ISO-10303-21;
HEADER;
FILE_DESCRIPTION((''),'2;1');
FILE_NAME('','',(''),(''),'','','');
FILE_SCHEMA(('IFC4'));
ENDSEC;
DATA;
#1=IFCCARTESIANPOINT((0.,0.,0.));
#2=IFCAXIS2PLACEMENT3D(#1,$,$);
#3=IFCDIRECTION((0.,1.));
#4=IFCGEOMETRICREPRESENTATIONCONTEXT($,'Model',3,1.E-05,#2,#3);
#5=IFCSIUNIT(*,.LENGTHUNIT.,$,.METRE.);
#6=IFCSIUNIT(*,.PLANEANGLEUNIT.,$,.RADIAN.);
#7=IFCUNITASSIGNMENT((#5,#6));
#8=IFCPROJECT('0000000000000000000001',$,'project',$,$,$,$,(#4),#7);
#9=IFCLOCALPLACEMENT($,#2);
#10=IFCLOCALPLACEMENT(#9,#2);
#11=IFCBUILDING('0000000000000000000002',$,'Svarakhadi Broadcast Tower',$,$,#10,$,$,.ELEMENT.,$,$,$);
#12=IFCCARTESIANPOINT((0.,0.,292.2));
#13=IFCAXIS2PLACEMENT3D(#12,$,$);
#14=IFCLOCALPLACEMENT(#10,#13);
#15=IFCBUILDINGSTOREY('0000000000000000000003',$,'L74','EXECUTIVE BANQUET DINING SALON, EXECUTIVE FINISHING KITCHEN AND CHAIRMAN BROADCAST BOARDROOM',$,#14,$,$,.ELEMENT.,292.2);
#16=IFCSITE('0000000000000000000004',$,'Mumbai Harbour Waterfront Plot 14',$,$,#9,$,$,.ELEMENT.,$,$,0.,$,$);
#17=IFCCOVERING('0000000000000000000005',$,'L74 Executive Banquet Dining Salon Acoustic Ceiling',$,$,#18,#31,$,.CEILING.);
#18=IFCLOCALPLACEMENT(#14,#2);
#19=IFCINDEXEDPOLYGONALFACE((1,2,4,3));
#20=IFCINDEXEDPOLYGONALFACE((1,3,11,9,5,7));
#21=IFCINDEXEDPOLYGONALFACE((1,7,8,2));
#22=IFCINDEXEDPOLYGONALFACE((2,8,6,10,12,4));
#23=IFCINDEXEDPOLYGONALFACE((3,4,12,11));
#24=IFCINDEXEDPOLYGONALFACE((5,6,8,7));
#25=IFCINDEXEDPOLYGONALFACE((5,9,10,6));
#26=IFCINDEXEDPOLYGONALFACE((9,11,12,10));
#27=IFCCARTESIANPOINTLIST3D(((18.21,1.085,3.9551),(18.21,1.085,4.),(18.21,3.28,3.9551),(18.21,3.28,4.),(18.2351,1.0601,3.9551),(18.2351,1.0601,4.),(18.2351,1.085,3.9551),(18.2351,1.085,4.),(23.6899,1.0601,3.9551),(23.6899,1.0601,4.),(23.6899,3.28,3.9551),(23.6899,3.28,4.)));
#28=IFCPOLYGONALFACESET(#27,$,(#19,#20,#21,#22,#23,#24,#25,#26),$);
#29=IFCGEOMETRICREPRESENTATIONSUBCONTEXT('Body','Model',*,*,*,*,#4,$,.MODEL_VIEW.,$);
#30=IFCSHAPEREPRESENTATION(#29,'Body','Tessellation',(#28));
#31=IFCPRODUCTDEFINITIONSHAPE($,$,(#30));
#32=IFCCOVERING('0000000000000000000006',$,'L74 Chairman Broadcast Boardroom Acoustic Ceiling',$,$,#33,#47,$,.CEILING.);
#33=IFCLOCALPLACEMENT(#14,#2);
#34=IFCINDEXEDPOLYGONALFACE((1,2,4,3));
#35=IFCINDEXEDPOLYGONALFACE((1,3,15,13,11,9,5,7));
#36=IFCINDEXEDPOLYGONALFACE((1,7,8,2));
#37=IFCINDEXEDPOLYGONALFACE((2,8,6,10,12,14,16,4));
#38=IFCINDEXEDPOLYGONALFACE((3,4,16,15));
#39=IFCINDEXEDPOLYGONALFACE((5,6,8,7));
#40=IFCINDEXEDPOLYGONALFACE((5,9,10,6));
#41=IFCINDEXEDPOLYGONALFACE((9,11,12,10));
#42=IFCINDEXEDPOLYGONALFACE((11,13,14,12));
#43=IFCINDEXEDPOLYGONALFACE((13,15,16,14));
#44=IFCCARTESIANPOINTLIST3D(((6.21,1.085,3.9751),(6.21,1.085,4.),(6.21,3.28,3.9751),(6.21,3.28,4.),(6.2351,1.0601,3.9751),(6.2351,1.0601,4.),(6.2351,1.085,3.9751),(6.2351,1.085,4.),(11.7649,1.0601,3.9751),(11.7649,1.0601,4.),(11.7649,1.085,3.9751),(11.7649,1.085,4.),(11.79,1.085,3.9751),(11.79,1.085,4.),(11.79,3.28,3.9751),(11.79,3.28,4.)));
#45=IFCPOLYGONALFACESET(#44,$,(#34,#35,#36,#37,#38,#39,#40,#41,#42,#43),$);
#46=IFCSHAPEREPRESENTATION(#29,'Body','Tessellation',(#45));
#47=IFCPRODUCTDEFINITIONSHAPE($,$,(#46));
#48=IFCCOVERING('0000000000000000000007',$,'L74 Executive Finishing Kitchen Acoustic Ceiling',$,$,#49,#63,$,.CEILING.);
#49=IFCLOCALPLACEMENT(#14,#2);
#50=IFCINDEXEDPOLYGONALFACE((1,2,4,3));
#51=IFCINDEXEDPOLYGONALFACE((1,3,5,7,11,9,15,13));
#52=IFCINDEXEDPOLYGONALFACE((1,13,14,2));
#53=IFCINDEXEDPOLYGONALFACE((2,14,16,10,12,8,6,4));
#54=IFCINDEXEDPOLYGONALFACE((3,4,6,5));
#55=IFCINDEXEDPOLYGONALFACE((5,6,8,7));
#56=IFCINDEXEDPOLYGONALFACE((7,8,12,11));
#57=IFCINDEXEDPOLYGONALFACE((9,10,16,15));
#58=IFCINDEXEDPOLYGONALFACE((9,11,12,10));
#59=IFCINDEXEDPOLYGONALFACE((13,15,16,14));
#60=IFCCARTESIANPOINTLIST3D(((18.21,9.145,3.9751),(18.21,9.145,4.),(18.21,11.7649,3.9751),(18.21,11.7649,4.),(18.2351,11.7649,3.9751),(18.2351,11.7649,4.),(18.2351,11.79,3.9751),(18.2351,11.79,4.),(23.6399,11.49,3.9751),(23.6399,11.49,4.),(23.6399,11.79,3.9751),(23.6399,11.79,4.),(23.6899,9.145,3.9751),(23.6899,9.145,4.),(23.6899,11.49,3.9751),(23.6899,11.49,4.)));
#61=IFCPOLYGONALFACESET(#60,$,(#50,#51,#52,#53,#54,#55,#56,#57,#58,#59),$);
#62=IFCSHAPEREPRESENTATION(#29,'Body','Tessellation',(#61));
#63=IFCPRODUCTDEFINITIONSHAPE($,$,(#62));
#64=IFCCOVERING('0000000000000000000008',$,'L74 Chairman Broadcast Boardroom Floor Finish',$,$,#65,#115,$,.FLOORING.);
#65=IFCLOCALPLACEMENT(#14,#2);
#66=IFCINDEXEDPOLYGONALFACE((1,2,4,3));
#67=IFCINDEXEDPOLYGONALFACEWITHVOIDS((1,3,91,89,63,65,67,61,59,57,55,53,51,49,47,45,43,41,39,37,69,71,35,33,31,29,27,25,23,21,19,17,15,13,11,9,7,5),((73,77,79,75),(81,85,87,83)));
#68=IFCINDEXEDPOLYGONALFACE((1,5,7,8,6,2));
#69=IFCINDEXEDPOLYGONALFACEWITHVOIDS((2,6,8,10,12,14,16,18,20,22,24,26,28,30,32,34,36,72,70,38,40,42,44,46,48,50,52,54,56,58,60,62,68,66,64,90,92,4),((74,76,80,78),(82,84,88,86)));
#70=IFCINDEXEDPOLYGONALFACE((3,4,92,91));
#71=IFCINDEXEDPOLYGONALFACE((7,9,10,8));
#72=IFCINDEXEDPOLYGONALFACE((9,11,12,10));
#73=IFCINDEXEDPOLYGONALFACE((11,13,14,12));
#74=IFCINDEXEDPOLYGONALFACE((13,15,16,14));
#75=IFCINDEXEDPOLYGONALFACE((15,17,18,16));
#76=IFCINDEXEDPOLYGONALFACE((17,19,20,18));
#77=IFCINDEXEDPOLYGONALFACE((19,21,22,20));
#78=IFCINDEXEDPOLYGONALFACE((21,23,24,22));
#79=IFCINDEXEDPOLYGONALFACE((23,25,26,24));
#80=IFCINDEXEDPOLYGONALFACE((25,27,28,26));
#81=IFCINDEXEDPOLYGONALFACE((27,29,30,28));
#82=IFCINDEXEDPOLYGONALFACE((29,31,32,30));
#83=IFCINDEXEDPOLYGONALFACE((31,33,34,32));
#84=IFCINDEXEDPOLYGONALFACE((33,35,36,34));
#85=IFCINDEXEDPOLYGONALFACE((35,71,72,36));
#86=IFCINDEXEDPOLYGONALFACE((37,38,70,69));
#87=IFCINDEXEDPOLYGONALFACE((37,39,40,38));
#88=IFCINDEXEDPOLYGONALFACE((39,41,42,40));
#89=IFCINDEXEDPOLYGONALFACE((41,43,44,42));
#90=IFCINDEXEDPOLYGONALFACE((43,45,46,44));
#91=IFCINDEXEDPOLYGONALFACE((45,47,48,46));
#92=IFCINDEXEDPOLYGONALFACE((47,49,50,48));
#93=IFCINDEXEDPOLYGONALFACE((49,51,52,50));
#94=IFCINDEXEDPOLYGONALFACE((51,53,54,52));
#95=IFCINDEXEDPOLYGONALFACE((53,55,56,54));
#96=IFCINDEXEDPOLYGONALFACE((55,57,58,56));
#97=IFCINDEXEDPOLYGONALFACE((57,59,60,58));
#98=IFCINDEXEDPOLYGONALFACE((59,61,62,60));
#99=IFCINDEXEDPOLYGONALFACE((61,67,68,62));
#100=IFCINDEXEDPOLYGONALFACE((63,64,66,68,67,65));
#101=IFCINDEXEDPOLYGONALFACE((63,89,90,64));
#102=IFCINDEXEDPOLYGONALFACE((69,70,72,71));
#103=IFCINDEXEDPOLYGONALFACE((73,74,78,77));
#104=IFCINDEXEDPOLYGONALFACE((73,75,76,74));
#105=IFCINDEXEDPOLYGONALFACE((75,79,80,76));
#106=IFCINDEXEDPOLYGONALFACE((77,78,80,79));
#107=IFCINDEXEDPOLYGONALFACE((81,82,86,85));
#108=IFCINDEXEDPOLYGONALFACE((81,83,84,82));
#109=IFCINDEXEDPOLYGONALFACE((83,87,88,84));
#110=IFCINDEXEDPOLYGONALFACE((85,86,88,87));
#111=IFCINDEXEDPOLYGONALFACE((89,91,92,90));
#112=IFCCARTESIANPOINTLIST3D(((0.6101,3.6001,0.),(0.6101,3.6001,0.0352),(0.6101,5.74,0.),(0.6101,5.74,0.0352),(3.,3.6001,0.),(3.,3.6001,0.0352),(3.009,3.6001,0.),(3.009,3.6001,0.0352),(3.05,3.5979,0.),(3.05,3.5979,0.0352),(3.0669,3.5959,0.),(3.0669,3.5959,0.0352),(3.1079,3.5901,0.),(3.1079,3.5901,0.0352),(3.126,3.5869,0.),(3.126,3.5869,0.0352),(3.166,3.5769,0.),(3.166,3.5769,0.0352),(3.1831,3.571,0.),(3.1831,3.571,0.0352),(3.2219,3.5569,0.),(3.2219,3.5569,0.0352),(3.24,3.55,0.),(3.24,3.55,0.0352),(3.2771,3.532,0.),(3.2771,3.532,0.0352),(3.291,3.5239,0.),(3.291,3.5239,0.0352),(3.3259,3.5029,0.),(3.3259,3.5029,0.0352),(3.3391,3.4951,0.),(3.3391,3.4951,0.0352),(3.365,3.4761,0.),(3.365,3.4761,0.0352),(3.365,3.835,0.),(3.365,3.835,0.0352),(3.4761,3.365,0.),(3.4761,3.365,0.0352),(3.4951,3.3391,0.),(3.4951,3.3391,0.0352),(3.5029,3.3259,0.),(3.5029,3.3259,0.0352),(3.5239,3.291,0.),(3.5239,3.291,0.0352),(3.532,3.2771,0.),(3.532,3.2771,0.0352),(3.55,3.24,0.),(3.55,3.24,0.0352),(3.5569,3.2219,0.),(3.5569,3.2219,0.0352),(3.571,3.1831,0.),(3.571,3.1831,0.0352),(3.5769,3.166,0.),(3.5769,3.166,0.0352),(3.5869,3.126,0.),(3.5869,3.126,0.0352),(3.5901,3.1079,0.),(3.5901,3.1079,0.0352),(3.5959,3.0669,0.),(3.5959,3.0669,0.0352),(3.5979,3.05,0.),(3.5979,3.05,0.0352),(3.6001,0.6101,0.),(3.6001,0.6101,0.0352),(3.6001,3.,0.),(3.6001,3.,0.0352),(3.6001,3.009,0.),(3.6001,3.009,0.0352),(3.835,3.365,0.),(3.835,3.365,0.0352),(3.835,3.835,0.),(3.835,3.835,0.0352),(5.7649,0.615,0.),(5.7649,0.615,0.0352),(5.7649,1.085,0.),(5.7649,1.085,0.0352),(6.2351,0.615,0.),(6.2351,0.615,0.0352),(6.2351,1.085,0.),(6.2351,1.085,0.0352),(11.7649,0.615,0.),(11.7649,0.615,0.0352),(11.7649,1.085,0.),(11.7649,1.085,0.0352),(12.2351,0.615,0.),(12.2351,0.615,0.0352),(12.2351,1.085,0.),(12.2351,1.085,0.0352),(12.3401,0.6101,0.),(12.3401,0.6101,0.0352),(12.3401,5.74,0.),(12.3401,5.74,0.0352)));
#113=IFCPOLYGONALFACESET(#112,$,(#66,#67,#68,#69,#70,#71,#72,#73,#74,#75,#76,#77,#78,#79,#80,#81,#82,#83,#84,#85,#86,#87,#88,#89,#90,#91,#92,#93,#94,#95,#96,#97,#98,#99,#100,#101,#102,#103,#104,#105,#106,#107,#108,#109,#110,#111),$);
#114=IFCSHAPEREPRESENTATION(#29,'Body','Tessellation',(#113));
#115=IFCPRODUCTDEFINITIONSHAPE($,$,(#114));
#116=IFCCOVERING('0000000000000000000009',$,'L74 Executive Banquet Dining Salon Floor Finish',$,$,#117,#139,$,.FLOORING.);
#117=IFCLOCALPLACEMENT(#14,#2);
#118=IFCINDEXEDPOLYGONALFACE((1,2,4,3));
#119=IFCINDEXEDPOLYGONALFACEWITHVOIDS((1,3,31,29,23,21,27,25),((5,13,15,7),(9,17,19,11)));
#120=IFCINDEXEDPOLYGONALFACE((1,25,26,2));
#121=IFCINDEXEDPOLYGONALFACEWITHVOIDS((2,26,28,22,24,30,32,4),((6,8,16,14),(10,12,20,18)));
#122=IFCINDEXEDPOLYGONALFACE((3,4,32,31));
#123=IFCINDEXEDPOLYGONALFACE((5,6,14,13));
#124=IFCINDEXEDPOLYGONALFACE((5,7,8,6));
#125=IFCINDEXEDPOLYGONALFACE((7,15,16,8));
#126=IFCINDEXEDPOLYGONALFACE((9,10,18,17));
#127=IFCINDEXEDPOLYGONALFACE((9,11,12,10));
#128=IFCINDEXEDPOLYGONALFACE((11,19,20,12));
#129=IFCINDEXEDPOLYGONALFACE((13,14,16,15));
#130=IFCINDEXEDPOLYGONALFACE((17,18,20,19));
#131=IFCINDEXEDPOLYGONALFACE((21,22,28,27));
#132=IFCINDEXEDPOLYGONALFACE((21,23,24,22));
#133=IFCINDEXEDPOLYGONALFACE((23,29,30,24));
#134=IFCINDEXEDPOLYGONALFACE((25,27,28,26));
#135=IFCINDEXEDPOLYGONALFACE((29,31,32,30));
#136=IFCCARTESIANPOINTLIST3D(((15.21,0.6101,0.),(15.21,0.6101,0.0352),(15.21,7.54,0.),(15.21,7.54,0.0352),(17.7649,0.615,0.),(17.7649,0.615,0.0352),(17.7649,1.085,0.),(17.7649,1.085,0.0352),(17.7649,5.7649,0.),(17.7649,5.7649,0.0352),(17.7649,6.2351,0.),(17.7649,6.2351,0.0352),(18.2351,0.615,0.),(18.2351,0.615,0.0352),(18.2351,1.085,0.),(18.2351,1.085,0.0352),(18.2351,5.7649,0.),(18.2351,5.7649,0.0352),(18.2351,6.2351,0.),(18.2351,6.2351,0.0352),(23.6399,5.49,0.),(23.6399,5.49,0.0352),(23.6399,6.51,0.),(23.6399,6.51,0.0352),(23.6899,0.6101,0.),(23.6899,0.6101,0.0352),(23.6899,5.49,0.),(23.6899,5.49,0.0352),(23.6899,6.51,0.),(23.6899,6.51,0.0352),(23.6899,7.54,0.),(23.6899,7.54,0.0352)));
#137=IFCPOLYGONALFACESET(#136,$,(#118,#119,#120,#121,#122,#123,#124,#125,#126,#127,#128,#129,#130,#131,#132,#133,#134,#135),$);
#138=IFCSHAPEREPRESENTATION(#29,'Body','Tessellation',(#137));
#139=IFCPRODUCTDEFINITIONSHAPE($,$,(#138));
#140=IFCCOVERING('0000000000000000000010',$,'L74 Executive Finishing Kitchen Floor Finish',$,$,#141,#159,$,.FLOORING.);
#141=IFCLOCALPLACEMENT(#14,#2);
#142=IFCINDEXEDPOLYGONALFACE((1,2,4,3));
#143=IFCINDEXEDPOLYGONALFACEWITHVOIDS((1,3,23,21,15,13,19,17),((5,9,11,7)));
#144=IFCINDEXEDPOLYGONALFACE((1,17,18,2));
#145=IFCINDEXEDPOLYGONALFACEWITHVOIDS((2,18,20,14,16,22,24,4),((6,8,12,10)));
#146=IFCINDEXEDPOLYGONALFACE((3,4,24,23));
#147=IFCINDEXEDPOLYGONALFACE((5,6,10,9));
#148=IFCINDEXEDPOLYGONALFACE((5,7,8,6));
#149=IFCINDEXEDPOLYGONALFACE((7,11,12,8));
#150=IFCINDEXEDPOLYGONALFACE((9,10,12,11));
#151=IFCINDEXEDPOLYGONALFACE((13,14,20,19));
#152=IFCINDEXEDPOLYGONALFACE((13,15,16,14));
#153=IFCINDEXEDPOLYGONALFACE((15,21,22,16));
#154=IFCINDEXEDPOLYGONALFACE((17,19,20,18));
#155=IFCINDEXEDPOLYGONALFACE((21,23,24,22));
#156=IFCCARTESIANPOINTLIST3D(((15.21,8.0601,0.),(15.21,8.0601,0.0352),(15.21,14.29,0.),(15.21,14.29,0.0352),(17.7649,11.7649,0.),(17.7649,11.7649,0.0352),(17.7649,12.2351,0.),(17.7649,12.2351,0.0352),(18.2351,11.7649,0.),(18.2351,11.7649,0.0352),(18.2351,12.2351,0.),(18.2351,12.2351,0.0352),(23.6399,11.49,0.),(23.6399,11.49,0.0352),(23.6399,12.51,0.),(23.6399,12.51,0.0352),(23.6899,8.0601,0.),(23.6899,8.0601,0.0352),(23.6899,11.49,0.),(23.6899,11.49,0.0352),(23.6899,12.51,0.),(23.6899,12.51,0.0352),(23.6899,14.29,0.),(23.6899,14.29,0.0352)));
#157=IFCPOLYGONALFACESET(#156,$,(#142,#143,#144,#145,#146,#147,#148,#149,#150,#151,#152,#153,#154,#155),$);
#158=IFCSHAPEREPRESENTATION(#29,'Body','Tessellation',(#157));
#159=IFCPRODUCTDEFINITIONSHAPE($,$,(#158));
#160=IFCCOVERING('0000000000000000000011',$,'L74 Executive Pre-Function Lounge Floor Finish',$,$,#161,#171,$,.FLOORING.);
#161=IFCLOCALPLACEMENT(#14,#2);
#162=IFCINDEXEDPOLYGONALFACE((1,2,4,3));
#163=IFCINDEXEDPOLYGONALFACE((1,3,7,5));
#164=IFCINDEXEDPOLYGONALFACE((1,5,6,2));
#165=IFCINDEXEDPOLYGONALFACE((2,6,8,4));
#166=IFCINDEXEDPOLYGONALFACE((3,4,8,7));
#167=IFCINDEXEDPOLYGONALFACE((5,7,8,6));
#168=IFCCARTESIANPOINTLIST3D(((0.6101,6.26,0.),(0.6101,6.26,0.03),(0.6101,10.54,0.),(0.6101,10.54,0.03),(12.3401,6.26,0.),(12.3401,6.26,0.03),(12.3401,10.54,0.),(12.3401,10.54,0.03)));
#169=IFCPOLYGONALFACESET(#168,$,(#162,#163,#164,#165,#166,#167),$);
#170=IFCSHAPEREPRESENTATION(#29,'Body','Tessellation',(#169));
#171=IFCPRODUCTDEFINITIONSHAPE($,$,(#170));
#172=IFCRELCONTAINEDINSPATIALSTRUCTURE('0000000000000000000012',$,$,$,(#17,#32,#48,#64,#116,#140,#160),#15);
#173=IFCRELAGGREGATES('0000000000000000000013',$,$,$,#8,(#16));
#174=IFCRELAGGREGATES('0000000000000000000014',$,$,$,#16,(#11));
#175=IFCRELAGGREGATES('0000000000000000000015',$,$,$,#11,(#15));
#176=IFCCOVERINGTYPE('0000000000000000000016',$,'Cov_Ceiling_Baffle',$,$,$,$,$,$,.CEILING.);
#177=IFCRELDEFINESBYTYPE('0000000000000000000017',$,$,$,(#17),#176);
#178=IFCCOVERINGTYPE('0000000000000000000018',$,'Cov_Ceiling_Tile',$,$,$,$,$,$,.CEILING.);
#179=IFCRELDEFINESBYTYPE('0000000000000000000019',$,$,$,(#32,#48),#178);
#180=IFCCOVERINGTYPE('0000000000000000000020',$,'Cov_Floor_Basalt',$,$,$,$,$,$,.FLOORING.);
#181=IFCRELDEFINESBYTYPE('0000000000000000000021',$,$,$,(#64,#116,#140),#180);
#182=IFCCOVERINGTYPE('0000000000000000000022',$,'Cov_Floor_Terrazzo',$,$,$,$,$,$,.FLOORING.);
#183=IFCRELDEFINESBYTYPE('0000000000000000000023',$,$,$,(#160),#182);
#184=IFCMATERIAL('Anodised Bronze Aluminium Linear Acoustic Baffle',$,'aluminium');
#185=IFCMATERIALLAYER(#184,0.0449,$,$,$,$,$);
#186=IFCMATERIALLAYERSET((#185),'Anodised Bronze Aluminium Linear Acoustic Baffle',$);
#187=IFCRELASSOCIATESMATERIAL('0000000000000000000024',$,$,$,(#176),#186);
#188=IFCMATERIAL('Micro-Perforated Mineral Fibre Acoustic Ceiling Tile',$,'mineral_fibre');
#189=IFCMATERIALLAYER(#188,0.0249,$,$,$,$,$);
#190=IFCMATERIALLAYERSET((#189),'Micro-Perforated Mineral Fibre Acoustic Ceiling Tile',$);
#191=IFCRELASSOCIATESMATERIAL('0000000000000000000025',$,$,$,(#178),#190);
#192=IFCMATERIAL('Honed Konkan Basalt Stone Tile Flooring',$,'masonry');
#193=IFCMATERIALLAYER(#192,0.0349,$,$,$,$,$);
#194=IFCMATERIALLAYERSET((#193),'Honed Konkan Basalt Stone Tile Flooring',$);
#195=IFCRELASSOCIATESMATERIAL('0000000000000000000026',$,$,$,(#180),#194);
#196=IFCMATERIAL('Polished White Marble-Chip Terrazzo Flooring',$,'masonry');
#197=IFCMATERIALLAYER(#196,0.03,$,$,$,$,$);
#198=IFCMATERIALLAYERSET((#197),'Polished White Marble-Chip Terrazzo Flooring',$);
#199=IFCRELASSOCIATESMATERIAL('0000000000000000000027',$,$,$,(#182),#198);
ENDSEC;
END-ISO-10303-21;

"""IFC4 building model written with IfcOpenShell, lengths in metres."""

from ifc_helpers import new_model, si_unit, direction, frame, origin, place, context, subcontext, project, spatial, polyline, outline, extrude, material, layer, layer_set, type_object, element, save


model = new_model("IFC4")

# Units and contexts
model_context = context("Model", 3, precision=1e-05, world=origin(), true_north=direction((0.0, 1.0)))
body_context = subcontext(model_context, "Body", "Model", "MODEL_VIEW")
ifc_project = project(units=[si_unit("LENGTHUNIT", "METRE"), si_unit("PLANEANGLEUNIT", "RADIAN")], contexts=[model_context])

# Site, building, storey
site_placement = place(None, origin())
site = spatial("IfcSite", under=ifc_project, at=site_placement, Name="Mumbai Harbour Waterfront Plot 14", CompositionType="ELEMENT", RefElevation=0.0)
building_placement = place(site_placement, origin())
building = spatial("IfcBuilding", under=site, at=building_placement, Name="Svarakhadi Broadcast Tower", CompositionType="ELEMENT")
storey_placement = place(building_placement, frame((0.0, 0.0, 292.2)))
storey = spatial("IfcBuildingStorey", under=building, at=storey_placement, Name="L74", Description="EXECUTIVE BANQUET DINING SALON, EXECUTIVE FINISHING KITCHEN AND CHAIRMAN BROADCAST BOARDROOM", CompositionType="ELEMENT", Elevation=292.2)

# Coverings
ifc_material_1 = material(Name="Anodised Bronze Aluminium Linear Acoustic Baffle", Category="aluminium")
ifc_layer_1 = layer(ifc_material_1, 0.0449)
ifc_layer_set_1 = layer_set([ifc_layer_1], Name="Anodised Bronze Aluminium Linear Acoustic Baffle")
covering_type_1 = type_object("IfcCoveringType", Name="Cov_Ceiling_Baffle", PredefinedType="CEILING", material=ifc_layer_set_1)
covering_1_placement = place(storey_placement, frame((0.0, 0.0, 3.9551)))
element("IfcCovering", 1, at=covering_1_placement, inside=storey, type_object=covering_type_1, Name="L74 Executive Banquet Dining Salon Acoustic Ceiling", PredefinedType="CEILING", context=body_context, shape_type="SweptSolid", body=[
    extrude(outline(polyline([(23.6899, 1.0601), (18.2351, 1.0601), (18.2351, 1.085), (18.21, 1.085), (18.21, 3.28), (23.6899, 3.28), (23.6899, 1.0601)])), origin(), (0.0, 0.0, 1.0), 0.0449),
])
ifc_material_2 = material(Name="Micro-Perforated Mineral Fibre Acoustic Ceiling Tile", Category="mineral_fibre")
ifc_layer_2 = layer(ifc_material_2, 0.0249)
ifc_layer_set_2 = layer_set([ifc_layer_2], Name="Micro-Perforated Mineral Fibre Acoustic Ceiling Tile")
covering_type_2 = type_object("IfcCoveringType", Name="Cov_Ceiling_Tile", PredefinedType="CEILING", material=ifc_layer_set_2)
covering_2_placement = place(storey_placement, frame((0.0, 0.0, 3.9751)))
element("IfcCovering", 2, at=covering_2_placement, inside=storey, type_object=covering_type_2, Name="L74 Chairman Broadcast Boardroom Acoustic Ceiling", PredefinedType="CEILING", context=body_context, shape_type="SweptSolid", body=[
    extrude(outline(polyline([(6.21, 1.085), (6.21, 3.28), (11.79, 3.28), (11.79, 1.085), (11.7649, 1.085), (11.7649, 1.0601), (6.2351, 1.0601), (6.2351, 1.085), (6.21, 1.085)])), origin(), (0.0, 0.0, 1.0), 0.0249),
])
covering_3_placement = place(storey_placement, frame((0.0, 0.0, 3.9751)))
element("IfcCovering", 3, at=covering_3_placement, inside=storey, type_object=covering_type_2, Name="L74 Executive Finishing Kitchen Acoustic Ceiling", PredefinedType="CEILING", context=body_context, shape_type="SweptSolid", body=[
    extrude(outline(polyline([(23.6899, 9.145), (18.21, 9.145), (18.21, 11.7649), (18.2351, 11.7649), (18.2351, 11.79), (23.6399, 11.79), (23.6399, 11.49), (23.6899, 11.49), (23.6899, 9.145)])), origin(), (0.0, 0.0, 1.0), 0.0249),
])
ifc_material_3 = material(Name="Honed Konkan Basalt Stone Tile Flooring", Category="masonry")
ifc_layer_3 = layer(ifc_material_3, 0.0349)
ifc_layer_set_3 = layer_set([ifc_layer_3], Name="Honed Konkan Basalt Stone Tile Flooring")
covering_type_3 = type_object("IfcCoveringType", Name="Cov_Floor_Basalt", PredefinedType="FLOORING", material=ifc_layer_set_3)
covering_4_placement = place(storey_placement, origin())
element("IfcCovering", 4, at=covering_4_placement, inside=storey, type_object=covering_type_3, Name="L74 Chairman Broadcast Boardroom Floor Finish", PredefinedType="FLOORING", context=body_context, shape_type="SweptSolid", body=[
    extrude(outline(polyline([(12.3401, 0.6101), (3.6001, 0.6101), (3.6001, 3.0), (3.6001, 3.009), (3.5979, 3.05), (3.5959, 3.0669), (3.5901, 3.1079), (3.5869, 3.126), (3.5769, 3.166), (3.571, 3.1831), (3.5569, 3.2219), (3.55, 3.24), (3.532, 3.2771), (3.5239, 3.291), (3.5029, 3.3259), (3.4951, 3.3391), (3.4761, 3.365), (3.835, 3.365), (3.835, 3.835), (3.365, 3.835), (3.365, 3.4761), (3.3391, 3.4951), (3.3259, 3.5029), (3.291, 3.5239), (3.2771, 3.532), (3.24, 3.55), (3.2219, 3.5569), (3.1831, 3.571), (3.166, 3.5769), (3.126, 3.5869), (3.1079, 3.5901), (3.0669, 3.5959), (3.05, 3.5979), (3.009, 3.6001), (3.0, 3.6001), (0.6101, 3.6001), (0.6101, 5.74), (12.3401, 5.74), (12.3401, 0.6101)]), holes=[polyline([(12.2351, 0.615), (12.2351, 1.085), (11.7649, 1.085), (11.7649, 0.615), (12.2351, 0.615)]), polyline([(6.2351, 0.615), (6.2351, 1.085), (5.7649, 1.085), (5.7649, 0.615), (6.2351, 0.615)])]), origin(), (0.0, 0.0, 1.0), 0.0352),
])
covering_5_placement = place(storey_placement, origin())
element("IfcCovering", 5, at=covering_5_placement, inside=storey, type_object=covering_type_3, Name="L74 Executive Banquet Dining Salon Floor Finish", PredefinedType="FLOORING", context=body_context, shape_type="SweptSolid", body=[
    extrude(outline(polyline([(23.6899, 7.54), (23.6899, 6.51), (23.6399, 6.51), (23.6399, 5.49), (23.6899, 5.49), (23.6899, 0.6101), (15.21, 0.6101), (15.21, 7.54), (23.6899, 7.54)]), holes=[polyline([(18.2351, 0.615), (18.2351, 1.085), (17.7649, 1.085), (17.7649, 0.615), (18.2351, 0.615)]), polyline([(18.2351, 5.7649), (18.2351, 6.2351), (17.7649, 6.2351), (17.7649, 5.7649), (18.2351, 5.7649)])]), origin(), (0.0, 0.0, 1.0), 0.0352),
])
covering_6_placement = place(storey_placement, origin())
element("IfcCovering", 6, at=covering_6_placement, inside=storey, type_object=covering_type_3, Name="L74 Executive Finishing Kitchen Floor Finish", PredefinedType="FLOORING", context=body_context, shape_type="SweptSolid", body=[
    extrude(outline(polyline([(23.6899, 14.29), (23.6899, 12.51), (23.6399, 12.51), (23.6399, 11.49), (23.6899, 11.49), (23.6899, 8.0601), (15.21, 8.0601), (15.21, 14.29), (23.6899, 14.29)]), holes=[polyline([(18.2351, 11.7649), (18.2351, 12.2351), (17.7649, 12.2351), (17.7649, 11.7649), (18.2351, 11.7649)])]), origin(), (0.0, 0.0, 1.0), 0.0352),
])
ifc_material_4 = material(Name="Polished White Marble-Chip Terrazzo Flooring", Category="masonry")
ifc_layer_4 = layer(ifc_material_4, 0.03)
ifc_layer_set_4 = layer_set([ifc_layer_4], Name="Polished White Marble-Chip Terrazzo Flooring")
covering_type_4 = type_object("IfcCoveringType", Name="Cov_Floor_Terrazzo", PredefinedType="FLOORING", material=ifc_layer_set_4)
covering_7_placement = place(storey_placement, origin())
element("IfcCovering", 7, at=covering_7_placement, inside=storey, type_object=covering_type_4, Name="L74 Executive Pre-Function Lounge Floor Finish", PredefinedType="FLOORING", context=body_context, shape_type="SweptSolid", body=[
    extrude(outline(polyline([(12.3401, 10.54), (12.3401, 6.26), (0.6101, 6.26), (0.6101, 10.54), (12.3401, 10.54)])), origin(), (0.0, 0.0, 1.0), 0.03),
])

save(model, "model.ifc")
